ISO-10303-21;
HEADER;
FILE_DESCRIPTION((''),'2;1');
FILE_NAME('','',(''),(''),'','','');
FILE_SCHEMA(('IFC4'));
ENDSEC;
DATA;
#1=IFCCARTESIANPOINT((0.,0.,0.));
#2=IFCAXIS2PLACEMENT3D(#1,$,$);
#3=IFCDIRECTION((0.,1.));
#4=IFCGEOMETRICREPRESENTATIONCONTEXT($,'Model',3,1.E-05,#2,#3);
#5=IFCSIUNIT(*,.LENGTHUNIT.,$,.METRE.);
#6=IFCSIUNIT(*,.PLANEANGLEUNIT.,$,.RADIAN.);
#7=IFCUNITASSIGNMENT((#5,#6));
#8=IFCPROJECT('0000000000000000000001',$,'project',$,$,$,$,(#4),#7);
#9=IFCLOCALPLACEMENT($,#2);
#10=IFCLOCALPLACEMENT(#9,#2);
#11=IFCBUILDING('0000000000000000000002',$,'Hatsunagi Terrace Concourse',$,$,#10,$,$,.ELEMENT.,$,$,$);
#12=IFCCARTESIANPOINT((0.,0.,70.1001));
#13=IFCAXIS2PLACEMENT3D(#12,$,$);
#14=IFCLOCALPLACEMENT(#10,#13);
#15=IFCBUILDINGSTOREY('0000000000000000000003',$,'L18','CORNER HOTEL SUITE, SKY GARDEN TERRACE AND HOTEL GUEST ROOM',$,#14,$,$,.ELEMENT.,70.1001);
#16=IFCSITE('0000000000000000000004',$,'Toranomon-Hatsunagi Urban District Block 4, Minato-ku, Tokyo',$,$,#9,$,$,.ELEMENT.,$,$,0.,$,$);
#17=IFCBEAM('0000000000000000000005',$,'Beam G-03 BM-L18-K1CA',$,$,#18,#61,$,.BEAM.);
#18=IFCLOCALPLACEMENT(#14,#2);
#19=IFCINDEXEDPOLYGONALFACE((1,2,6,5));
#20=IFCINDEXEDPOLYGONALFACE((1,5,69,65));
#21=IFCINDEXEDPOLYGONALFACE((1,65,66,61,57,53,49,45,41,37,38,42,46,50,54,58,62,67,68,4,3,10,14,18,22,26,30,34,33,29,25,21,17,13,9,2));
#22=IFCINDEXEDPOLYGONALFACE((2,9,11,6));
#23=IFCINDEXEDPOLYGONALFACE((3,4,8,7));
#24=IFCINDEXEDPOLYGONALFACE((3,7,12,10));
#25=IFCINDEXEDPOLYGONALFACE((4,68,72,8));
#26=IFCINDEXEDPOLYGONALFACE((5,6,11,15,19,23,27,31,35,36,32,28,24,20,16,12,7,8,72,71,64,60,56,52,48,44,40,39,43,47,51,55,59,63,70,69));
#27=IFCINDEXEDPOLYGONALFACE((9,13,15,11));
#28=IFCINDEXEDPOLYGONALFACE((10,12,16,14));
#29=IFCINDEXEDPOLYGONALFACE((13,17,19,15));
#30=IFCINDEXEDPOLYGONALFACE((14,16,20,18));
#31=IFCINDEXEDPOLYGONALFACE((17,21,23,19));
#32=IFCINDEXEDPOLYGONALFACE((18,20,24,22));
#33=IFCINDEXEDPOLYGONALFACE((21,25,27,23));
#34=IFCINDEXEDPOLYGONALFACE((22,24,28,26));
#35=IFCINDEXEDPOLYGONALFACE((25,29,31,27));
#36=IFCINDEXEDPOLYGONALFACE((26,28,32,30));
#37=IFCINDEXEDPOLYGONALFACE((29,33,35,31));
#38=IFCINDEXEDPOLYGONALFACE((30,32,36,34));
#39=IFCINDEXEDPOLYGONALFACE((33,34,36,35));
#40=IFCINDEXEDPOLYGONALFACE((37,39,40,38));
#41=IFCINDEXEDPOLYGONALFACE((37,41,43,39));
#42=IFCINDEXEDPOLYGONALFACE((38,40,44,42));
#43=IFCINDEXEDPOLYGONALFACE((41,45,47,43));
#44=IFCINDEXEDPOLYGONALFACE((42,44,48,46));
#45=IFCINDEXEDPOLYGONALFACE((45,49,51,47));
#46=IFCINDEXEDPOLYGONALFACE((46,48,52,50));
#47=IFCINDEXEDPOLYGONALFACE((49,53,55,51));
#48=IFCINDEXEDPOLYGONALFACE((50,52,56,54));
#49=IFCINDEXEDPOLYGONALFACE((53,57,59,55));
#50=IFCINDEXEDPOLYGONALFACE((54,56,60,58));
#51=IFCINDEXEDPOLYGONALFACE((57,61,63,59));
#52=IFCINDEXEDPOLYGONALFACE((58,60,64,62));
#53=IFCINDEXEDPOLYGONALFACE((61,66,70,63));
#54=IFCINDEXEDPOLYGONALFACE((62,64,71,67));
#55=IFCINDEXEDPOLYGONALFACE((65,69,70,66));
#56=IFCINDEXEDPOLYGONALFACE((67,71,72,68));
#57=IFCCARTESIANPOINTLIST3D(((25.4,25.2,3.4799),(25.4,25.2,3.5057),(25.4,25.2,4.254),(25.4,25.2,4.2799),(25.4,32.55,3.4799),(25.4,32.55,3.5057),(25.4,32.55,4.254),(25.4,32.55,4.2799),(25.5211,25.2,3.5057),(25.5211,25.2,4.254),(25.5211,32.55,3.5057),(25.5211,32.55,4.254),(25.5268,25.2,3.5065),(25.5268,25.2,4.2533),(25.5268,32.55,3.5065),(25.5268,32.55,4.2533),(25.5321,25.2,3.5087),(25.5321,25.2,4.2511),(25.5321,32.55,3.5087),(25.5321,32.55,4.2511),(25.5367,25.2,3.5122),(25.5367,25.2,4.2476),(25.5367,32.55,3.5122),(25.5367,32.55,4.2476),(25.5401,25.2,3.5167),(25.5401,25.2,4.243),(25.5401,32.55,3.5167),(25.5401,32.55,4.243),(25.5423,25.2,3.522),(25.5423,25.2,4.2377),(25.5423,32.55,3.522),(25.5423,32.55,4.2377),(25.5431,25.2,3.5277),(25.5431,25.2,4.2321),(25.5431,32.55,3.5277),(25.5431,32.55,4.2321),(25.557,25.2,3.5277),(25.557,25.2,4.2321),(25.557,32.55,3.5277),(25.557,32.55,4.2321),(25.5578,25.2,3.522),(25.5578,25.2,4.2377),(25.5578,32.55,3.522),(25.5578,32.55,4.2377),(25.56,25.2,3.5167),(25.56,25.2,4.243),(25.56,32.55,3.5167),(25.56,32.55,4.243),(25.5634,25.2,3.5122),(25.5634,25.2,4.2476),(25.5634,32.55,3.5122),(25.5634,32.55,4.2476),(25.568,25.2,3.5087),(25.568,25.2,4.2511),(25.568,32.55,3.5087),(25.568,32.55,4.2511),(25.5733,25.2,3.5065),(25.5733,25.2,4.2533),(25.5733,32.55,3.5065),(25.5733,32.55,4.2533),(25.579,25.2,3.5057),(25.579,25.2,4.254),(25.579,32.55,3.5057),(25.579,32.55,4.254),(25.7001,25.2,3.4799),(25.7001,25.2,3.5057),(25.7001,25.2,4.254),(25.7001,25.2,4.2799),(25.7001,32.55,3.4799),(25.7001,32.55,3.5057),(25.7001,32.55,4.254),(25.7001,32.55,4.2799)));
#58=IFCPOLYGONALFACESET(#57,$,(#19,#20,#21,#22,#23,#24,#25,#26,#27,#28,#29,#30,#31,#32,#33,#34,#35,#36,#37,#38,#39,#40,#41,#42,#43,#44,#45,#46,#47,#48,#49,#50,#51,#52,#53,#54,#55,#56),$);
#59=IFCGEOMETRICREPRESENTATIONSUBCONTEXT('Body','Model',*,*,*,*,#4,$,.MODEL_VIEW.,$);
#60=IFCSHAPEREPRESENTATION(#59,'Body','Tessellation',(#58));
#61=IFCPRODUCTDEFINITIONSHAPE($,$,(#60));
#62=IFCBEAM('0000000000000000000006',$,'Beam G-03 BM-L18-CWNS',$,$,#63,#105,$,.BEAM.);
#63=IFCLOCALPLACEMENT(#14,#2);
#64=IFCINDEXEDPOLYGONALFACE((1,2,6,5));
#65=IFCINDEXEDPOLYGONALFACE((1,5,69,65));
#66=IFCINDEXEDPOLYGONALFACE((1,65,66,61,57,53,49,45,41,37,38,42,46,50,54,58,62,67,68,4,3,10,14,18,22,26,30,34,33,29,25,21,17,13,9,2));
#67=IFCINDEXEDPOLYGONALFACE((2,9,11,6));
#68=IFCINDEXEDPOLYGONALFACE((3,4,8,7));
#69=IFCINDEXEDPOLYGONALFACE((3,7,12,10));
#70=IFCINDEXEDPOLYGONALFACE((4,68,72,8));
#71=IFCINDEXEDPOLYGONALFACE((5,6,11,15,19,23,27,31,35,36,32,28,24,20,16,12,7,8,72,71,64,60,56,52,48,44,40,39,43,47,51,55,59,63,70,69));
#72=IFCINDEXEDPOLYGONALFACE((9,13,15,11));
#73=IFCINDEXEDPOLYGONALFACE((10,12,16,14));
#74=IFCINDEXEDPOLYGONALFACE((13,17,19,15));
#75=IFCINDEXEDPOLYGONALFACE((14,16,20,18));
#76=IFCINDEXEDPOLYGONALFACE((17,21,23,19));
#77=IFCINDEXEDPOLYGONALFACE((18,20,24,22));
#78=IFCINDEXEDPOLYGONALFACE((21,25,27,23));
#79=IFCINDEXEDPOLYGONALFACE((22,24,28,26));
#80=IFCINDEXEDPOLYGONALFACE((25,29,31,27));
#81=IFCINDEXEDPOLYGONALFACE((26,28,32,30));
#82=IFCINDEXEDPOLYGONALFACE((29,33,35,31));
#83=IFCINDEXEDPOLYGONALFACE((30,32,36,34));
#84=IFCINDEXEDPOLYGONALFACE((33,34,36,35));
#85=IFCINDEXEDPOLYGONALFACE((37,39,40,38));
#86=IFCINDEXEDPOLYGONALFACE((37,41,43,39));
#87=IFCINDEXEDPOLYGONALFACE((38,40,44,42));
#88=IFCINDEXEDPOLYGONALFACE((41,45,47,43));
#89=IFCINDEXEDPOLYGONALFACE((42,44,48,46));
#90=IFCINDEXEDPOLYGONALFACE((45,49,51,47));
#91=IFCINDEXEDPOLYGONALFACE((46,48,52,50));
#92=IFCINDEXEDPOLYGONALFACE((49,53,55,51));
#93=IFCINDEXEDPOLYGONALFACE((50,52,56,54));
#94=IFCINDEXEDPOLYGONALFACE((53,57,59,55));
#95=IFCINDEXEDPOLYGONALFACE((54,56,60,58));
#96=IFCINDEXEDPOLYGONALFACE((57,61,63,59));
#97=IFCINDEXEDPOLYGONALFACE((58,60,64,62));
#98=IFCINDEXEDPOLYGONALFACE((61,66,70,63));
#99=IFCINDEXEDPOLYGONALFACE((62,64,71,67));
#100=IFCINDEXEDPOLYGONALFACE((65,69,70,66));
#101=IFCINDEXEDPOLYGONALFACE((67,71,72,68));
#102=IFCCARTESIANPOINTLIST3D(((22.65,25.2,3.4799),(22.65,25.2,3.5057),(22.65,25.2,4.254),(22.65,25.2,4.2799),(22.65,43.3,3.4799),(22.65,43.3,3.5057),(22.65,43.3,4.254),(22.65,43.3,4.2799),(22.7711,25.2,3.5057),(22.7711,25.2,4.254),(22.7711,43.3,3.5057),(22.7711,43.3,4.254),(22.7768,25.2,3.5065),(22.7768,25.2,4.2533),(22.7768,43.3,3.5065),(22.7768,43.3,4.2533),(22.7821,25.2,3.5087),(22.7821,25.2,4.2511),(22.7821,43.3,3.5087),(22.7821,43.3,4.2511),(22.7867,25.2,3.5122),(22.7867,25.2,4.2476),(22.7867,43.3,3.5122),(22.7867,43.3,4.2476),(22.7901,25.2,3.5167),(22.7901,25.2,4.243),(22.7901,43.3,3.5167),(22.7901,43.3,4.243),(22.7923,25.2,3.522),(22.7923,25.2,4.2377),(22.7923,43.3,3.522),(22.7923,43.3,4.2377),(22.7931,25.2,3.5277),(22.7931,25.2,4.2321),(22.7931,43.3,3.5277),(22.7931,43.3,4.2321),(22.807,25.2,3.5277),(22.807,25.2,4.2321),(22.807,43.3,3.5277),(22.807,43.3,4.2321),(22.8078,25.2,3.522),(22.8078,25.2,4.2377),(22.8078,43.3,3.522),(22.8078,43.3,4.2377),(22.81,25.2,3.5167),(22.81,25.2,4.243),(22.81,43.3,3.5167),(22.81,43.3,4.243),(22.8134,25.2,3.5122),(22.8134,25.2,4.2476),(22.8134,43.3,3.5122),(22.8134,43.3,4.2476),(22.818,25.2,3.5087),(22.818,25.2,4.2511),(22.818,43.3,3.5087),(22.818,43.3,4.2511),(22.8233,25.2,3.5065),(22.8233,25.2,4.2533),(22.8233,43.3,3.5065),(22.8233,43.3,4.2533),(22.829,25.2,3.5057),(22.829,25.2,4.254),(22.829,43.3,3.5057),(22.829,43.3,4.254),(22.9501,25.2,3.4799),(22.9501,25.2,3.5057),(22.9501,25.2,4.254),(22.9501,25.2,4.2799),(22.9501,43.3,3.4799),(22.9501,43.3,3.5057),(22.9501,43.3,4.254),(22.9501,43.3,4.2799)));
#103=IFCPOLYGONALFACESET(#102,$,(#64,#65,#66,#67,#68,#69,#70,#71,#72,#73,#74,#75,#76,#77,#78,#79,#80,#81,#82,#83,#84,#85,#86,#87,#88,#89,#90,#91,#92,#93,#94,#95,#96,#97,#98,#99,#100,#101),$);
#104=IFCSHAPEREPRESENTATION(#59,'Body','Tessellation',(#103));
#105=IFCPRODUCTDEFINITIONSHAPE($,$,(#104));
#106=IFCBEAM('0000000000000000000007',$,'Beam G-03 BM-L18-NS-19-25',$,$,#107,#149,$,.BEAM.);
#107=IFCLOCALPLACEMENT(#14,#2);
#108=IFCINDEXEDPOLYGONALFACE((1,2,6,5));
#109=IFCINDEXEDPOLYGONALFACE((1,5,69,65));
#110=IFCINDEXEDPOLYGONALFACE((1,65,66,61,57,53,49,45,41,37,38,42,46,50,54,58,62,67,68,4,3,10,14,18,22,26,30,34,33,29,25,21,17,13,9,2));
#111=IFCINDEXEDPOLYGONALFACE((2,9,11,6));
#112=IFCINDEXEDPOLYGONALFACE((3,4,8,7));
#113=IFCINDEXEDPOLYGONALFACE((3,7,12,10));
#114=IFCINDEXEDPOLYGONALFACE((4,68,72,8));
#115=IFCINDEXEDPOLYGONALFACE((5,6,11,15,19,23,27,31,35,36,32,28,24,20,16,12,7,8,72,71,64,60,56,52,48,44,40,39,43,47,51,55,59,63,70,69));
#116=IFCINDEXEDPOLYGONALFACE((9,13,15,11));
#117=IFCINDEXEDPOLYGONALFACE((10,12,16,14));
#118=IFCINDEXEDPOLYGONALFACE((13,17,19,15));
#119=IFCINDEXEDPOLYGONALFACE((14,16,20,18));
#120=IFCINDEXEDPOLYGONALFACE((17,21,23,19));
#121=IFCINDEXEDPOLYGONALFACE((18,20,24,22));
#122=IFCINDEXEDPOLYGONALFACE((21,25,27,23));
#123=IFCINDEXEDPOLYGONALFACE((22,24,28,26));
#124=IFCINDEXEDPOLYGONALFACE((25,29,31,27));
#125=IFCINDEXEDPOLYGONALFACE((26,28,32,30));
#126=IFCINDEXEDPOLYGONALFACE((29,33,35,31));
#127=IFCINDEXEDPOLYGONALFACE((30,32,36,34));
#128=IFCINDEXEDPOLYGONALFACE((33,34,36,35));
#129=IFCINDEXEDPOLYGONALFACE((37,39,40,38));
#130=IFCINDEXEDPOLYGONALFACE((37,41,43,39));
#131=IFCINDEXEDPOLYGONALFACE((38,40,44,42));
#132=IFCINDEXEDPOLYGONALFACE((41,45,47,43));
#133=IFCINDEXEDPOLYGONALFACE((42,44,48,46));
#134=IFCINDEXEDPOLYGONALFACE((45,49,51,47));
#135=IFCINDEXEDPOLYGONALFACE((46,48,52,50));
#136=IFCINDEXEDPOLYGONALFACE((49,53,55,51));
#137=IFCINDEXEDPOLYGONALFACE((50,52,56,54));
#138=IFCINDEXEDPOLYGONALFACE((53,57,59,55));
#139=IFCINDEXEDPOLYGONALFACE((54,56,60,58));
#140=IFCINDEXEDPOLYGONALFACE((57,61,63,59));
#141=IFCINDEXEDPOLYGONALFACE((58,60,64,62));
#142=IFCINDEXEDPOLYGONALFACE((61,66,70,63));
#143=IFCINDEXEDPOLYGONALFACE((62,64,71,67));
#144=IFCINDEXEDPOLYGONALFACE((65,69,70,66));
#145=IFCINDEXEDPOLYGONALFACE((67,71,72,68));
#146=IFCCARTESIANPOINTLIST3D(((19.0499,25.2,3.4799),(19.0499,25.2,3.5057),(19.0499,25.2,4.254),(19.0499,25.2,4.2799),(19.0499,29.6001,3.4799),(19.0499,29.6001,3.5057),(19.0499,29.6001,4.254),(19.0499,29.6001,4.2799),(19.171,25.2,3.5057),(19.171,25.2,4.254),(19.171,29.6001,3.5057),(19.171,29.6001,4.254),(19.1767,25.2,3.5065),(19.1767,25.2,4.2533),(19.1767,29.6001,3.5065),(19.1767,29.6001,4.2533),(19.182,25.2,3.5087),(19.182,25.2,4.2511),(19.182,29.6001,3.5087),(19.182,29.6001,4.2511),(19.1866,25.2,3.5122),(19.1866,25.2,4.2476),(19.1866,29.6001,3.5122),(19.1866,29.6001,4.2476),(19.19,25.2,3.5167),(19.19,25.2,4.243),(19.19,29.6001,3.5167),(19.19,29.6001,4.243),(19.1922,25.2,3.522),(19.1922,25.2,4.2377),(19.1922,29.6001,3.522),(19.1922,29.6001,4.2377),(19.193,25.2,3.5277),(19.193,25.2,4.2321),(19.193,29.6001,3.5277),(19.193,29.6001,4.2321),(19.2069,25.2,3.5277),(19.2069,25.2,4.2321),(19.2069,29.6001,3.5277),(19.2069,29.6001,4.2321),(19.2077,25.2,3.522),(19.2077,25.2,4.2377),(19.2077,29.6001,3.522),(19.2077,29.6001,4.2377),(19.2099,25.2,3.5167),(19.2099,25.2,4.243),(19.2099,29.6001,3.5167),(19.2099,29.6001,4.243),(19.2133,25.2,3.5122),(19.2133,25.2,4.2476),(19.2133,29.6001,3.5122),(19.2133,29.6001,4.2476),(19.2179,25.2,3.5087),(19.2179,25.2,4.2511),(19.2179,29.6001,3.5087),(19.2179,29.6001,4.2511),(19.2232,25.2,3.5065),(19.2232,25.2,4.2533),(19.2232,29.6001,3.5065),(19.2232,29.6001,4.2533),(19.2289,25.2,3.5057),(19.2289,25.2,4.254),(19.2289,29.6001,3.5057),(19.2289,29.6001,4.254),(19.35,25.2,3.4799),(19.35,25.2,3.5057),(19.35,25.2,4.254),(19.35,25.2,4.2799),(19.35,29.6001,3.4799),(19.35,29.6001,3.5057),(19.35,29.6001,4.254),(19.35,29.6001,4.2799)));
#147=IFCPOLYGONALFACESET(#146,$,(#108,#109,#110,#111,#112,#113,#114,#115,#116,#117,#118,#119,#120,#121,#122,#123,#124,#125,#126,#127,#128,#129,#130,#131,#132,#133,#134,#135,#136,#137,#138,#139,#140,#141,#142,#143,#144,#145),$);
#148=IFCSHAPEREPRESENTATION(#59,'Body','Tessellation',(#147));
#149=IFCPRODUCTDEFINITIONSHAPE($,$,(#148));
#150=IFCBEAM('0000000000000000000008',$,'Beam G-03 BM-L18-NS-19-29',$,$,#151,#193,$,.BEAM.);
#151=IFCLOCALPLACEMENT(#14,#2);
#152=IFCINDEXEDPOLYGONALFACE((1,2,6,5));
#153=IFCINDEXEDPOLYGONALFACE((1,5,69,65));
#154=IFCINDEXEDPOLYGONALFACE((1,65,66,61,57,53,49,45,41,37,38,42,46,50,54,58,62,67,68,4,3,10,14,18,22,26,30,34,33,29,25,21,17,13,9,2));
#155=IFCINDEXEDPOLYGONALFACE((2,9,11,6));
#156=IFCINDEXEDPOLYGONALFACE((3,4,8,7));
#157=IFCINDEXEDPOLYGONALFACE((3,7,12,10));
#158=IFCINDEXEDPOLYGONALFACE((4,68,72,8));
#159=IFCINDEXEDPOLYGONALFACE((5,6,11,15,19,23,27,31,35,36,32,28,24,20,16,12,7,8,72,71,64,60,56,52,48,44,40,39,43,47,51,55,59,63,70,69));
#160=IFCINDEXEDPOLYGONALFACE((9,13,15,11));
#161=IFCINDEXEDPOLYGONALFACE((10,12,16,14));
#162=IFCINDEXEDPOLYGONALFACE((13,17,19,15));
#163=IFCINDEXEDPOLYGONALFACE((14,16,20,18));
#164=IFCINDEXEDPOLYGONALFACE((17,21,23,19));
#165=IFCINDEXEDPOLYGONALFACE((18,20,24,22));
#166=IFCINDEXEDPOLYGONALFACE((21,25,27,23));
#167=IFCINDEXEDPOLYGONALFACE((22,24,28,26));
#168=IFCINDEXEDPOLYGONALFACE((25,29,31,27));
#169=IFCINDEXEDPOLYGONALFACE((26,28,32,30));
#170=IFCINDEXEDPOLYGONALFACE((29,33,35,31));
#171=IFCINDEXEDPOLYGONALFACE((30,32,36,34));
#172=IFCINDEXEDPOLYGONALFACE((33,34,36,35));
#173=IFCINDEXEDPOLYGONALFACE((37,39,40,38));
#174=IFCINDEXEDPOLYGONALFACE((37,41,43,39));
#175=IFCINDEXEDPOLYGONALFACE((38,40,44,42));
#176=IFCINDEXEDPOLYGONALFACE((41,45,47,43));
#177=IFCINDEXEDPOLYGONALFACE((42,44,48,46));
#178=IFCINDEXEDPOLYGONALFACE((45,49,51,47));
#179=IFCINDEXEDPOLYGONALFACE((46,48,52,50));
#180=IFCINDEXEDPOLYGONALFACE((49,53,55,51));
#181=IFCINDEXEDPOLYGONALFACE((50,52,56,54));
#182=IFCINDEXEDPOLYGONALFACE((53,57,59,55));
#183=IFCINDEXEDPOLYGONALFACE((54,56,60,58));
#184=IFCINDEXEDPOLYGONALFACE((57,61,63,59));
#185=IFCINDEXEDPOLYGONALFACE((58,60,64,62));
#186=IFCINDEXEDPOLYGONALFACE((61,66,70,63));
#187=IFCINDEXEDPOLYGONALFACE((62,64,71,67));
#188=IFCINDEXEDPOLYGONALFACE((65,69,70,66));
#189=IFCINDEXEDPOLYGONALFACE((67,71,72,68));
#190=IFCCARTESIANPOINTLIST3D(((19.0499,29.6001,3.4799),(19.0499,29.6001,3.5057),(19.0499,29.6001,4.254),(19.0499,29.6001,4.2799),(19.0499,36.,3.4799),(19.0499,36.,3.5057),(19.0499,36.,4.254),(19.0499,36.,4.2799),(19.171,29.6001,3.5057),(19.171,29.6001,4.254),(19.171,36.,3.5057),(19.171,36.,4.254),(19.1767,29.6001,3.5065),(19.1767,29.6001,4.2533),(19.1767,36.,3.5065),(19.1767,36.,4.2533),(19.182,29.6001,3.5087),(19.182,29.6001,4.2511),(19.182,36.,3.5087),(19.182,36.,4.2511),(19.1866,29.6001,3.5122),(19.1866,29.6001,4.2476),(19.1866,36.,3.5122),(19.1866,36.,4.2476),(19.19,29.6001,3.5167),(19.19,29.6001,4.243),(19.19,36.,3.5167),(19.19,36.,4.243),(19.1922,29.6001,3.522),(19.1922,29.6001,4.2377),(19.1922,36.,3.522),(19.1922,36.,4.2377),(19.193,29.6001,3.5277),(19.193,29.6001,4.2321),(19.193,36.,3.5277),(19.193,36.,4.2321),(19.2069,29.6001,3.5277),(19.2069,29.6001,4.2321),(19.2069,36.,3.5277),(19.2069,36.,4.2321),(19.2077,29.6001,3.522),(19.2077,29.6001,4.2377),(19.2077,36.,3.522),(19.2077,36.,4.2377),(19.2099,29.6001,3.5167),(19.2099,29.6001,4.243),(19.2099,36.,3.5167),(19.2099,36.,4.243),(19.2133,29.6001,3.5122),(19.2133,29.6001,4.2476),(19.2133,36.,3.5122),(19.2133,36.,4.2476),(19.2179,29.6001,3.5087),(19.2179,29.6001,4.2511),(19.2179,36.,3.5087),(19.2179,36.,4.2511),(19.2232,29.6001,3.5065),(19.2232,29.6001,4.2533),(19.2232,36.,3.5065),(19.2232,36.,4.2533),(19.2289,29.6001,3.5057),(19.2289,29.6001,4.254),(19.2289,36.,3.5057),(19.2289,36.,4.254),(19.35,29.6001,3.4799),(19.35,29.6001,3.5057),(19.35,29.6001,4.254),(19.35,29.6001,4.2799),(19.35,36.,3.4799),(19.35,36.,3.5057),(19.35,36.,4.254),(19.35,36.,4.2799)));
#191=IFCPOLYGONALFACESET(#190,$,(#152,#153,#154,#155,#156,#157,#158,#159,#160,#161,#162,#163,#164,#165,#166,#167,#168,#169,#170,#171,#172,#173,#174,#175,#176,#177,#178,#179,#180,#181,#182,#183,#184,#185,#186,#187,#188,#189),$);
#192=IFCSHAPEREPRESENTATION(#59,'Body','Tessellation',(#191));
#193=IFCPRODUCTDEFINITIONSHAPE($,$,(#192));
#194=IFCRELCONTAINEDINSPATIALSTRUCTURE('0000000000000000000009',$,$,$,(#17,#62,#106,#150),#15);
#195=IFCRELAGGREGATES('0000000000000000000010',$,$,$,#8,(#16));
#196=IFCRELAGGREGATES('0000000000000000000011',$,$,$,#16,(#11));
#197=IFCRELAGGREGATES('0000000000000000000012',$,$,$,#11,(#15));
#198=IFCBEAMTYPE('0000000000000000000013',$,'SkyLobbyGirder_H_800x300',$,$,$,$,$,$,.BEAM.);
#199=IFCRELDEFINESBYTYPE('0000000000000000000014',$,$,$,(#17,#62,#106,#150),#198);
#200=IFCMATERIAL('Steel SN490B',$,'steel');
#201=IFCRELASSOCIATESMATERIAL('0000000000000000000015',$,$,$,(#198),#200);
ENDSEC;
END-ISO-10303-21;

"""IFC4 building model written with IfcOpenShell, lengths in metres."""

from ifc_helpers import new_model, si_unit, direction, frame, origin, origin_2d, place, context, subcontext, project, spatial, i_section, extrude, material, material_profile, profile_set, type_object, element, save


model = new_model("IFC4")

# Units and contexts
model_context = context("Model", 3, precision=1e-05, world=origin(), true_north=direction((0.0, 1.0)))
body_context = subcontext(model_context, "Body", "Model", "MODEL_VIEW")
ifc_project = project(units=[si_unit("LENGTHUNIT", "METRE"), si_unit("PLANEANGLEUNIT", "RADIAN")], contexts=[model_context])

# Site, building, storey
site_placement = place(None, origin())
site = spatial("IfcSite", under=ifc_project, at=site_placement, Name="Toranomon-Hatsunagi Urban District Block 4, Minato-ku, Tokyo", CompositionType="ELEMENT", RefElevation=0.0)
building_placement = place(site_placement, origin())
building = spatial("IfcBuilding", under=site, at=building_placement, Name="Hatsunagi Terrace Concourse", CompositionType="ELEMENT")
storey_placement = place(building_placement, frame((0.0, 0.0, 70.1001)))
storey = spatial("IfcBuildingStorey", under=building, at=storey_placement, Name="L18", Description="CORNER HOTEL SUITE, SKY GARDEN TERRACE AND HOTEL GUEST ROOM", CompositionType="ELEMENT", Elevation=70.1001)

# Beams
ifc_material_1 = material(Name="Steel SN490B", Category="steel")
ifc_material_profile_1 = material_profile(ifc_material_1, i_section(OverallWidth=0.3, OverallDepth=0.8, WebThickness=0.0139, FlangeThickness=0.0259, FilletRadius=0.022, at=origin_2d()), Name="H-800x300x14x26")
ifc_profile_set_1 = profile_set([ifc_material_profile_1], Name="Steel SN490B")
beam_type_1 = type_object("IfcBeamType", Name="SkyLobbyGirder_H_800x300", PredefinedType="BEAM", material=ifc_profile_set_1)
beam_1_placement = place(storey_placement, frame((25.55, 25.2, 3.8799), z_axis=(0.0, 1.0, 0.0), x_axis=(-1.0, 0.0, 0.0)))
element("IfcBeam", 1, at=beam_1_placement, inside=storey, type_object=beam_type_1, Name="Beam G-03 BM-L18-K1CA", PredefinedType="BEAM", context=body_context, shape_type="SweptSolid", body=[
    extrude(i_section(OverallWidth=0.3, OverallDepth=0.8, WebThickness=0.0139, FlangeThickness=0.0259, FilletRadius=0.022, at=origin_2d()), origin(), (0.0, 0.0, 1.0), 7.3501),
])
beam_2_placement = place(storey_placement, frame((22.8, 25.2, 3.8799), z_axis=(0.0, 1.0, 0.0), x_axis=(-1.0, 0.0, 0.0)))
element("IfcBeam", 2, at=beam_2_placement, inside=storey, type_object=beam_type_1, Name="Beam G-03 BM-L18-CWNS", PredefinedType="BEAM", context=body_context, shape_type="SweptSolid", body=[
    extrude(i_section(OverallWidth=0.3, OverallDepth=0.8, WebThickness=0.0139, FlangeThickness=0.0259, FilletRadius=0.022, at=origin_2d()), origin(), (0.0, 0.0, 1.0), 18.1001),
])
beam_3_placement = place(storey_placement, frame((19.2, 25.2, 3.8799), z_axis=(0.0, 1.0, 0.0), x_axis=(-1.0, 0.0, 0.0)))
element("IfcBeam", 3, at=beam_3_placement, inside=storey, type_object=beam_type_1, Name="Beam G-03 BM-L18-NS-19-25", PredefinedType="BEAM", context=body_context, shape_type="SweptSolid", body=[
    extrude(i_section(OverallWidth=0.3, OverallDepth=0.8, WebThickness=0.0139, FlangeThickness=0.0259, FilletRadius=0.022, at=origin_2d()), origin(), (0.0, 0.0, 1.0), 4.4001),
])
beam_4_placement = place(storey_placement, frame((19.2, 29.6001, 3.8799), z_axis=(0.0, 1.0, 0.0), x_axis=(-1.0, 0.0, 0.0)))
element("IfcBeam", 4, at=beam_4_placement, inside=storey, type_object=beam_type_1, Name="Beam G-03 BM-L18-NS-19-29", PredefinedType="BEAM", context=body_context, shape_type="SweptSolid", body=[
    extrude(i_section(OverallWidth=0.3, OverallDepth=0.8, WebThickness=0.0139, FlangeThickness=0.0259, FilletRadius=0.022, at=origin_2d()), origin(), (0.0, 0.0, 1.0), 6.3999),
])

save(model, "model.ifc")
